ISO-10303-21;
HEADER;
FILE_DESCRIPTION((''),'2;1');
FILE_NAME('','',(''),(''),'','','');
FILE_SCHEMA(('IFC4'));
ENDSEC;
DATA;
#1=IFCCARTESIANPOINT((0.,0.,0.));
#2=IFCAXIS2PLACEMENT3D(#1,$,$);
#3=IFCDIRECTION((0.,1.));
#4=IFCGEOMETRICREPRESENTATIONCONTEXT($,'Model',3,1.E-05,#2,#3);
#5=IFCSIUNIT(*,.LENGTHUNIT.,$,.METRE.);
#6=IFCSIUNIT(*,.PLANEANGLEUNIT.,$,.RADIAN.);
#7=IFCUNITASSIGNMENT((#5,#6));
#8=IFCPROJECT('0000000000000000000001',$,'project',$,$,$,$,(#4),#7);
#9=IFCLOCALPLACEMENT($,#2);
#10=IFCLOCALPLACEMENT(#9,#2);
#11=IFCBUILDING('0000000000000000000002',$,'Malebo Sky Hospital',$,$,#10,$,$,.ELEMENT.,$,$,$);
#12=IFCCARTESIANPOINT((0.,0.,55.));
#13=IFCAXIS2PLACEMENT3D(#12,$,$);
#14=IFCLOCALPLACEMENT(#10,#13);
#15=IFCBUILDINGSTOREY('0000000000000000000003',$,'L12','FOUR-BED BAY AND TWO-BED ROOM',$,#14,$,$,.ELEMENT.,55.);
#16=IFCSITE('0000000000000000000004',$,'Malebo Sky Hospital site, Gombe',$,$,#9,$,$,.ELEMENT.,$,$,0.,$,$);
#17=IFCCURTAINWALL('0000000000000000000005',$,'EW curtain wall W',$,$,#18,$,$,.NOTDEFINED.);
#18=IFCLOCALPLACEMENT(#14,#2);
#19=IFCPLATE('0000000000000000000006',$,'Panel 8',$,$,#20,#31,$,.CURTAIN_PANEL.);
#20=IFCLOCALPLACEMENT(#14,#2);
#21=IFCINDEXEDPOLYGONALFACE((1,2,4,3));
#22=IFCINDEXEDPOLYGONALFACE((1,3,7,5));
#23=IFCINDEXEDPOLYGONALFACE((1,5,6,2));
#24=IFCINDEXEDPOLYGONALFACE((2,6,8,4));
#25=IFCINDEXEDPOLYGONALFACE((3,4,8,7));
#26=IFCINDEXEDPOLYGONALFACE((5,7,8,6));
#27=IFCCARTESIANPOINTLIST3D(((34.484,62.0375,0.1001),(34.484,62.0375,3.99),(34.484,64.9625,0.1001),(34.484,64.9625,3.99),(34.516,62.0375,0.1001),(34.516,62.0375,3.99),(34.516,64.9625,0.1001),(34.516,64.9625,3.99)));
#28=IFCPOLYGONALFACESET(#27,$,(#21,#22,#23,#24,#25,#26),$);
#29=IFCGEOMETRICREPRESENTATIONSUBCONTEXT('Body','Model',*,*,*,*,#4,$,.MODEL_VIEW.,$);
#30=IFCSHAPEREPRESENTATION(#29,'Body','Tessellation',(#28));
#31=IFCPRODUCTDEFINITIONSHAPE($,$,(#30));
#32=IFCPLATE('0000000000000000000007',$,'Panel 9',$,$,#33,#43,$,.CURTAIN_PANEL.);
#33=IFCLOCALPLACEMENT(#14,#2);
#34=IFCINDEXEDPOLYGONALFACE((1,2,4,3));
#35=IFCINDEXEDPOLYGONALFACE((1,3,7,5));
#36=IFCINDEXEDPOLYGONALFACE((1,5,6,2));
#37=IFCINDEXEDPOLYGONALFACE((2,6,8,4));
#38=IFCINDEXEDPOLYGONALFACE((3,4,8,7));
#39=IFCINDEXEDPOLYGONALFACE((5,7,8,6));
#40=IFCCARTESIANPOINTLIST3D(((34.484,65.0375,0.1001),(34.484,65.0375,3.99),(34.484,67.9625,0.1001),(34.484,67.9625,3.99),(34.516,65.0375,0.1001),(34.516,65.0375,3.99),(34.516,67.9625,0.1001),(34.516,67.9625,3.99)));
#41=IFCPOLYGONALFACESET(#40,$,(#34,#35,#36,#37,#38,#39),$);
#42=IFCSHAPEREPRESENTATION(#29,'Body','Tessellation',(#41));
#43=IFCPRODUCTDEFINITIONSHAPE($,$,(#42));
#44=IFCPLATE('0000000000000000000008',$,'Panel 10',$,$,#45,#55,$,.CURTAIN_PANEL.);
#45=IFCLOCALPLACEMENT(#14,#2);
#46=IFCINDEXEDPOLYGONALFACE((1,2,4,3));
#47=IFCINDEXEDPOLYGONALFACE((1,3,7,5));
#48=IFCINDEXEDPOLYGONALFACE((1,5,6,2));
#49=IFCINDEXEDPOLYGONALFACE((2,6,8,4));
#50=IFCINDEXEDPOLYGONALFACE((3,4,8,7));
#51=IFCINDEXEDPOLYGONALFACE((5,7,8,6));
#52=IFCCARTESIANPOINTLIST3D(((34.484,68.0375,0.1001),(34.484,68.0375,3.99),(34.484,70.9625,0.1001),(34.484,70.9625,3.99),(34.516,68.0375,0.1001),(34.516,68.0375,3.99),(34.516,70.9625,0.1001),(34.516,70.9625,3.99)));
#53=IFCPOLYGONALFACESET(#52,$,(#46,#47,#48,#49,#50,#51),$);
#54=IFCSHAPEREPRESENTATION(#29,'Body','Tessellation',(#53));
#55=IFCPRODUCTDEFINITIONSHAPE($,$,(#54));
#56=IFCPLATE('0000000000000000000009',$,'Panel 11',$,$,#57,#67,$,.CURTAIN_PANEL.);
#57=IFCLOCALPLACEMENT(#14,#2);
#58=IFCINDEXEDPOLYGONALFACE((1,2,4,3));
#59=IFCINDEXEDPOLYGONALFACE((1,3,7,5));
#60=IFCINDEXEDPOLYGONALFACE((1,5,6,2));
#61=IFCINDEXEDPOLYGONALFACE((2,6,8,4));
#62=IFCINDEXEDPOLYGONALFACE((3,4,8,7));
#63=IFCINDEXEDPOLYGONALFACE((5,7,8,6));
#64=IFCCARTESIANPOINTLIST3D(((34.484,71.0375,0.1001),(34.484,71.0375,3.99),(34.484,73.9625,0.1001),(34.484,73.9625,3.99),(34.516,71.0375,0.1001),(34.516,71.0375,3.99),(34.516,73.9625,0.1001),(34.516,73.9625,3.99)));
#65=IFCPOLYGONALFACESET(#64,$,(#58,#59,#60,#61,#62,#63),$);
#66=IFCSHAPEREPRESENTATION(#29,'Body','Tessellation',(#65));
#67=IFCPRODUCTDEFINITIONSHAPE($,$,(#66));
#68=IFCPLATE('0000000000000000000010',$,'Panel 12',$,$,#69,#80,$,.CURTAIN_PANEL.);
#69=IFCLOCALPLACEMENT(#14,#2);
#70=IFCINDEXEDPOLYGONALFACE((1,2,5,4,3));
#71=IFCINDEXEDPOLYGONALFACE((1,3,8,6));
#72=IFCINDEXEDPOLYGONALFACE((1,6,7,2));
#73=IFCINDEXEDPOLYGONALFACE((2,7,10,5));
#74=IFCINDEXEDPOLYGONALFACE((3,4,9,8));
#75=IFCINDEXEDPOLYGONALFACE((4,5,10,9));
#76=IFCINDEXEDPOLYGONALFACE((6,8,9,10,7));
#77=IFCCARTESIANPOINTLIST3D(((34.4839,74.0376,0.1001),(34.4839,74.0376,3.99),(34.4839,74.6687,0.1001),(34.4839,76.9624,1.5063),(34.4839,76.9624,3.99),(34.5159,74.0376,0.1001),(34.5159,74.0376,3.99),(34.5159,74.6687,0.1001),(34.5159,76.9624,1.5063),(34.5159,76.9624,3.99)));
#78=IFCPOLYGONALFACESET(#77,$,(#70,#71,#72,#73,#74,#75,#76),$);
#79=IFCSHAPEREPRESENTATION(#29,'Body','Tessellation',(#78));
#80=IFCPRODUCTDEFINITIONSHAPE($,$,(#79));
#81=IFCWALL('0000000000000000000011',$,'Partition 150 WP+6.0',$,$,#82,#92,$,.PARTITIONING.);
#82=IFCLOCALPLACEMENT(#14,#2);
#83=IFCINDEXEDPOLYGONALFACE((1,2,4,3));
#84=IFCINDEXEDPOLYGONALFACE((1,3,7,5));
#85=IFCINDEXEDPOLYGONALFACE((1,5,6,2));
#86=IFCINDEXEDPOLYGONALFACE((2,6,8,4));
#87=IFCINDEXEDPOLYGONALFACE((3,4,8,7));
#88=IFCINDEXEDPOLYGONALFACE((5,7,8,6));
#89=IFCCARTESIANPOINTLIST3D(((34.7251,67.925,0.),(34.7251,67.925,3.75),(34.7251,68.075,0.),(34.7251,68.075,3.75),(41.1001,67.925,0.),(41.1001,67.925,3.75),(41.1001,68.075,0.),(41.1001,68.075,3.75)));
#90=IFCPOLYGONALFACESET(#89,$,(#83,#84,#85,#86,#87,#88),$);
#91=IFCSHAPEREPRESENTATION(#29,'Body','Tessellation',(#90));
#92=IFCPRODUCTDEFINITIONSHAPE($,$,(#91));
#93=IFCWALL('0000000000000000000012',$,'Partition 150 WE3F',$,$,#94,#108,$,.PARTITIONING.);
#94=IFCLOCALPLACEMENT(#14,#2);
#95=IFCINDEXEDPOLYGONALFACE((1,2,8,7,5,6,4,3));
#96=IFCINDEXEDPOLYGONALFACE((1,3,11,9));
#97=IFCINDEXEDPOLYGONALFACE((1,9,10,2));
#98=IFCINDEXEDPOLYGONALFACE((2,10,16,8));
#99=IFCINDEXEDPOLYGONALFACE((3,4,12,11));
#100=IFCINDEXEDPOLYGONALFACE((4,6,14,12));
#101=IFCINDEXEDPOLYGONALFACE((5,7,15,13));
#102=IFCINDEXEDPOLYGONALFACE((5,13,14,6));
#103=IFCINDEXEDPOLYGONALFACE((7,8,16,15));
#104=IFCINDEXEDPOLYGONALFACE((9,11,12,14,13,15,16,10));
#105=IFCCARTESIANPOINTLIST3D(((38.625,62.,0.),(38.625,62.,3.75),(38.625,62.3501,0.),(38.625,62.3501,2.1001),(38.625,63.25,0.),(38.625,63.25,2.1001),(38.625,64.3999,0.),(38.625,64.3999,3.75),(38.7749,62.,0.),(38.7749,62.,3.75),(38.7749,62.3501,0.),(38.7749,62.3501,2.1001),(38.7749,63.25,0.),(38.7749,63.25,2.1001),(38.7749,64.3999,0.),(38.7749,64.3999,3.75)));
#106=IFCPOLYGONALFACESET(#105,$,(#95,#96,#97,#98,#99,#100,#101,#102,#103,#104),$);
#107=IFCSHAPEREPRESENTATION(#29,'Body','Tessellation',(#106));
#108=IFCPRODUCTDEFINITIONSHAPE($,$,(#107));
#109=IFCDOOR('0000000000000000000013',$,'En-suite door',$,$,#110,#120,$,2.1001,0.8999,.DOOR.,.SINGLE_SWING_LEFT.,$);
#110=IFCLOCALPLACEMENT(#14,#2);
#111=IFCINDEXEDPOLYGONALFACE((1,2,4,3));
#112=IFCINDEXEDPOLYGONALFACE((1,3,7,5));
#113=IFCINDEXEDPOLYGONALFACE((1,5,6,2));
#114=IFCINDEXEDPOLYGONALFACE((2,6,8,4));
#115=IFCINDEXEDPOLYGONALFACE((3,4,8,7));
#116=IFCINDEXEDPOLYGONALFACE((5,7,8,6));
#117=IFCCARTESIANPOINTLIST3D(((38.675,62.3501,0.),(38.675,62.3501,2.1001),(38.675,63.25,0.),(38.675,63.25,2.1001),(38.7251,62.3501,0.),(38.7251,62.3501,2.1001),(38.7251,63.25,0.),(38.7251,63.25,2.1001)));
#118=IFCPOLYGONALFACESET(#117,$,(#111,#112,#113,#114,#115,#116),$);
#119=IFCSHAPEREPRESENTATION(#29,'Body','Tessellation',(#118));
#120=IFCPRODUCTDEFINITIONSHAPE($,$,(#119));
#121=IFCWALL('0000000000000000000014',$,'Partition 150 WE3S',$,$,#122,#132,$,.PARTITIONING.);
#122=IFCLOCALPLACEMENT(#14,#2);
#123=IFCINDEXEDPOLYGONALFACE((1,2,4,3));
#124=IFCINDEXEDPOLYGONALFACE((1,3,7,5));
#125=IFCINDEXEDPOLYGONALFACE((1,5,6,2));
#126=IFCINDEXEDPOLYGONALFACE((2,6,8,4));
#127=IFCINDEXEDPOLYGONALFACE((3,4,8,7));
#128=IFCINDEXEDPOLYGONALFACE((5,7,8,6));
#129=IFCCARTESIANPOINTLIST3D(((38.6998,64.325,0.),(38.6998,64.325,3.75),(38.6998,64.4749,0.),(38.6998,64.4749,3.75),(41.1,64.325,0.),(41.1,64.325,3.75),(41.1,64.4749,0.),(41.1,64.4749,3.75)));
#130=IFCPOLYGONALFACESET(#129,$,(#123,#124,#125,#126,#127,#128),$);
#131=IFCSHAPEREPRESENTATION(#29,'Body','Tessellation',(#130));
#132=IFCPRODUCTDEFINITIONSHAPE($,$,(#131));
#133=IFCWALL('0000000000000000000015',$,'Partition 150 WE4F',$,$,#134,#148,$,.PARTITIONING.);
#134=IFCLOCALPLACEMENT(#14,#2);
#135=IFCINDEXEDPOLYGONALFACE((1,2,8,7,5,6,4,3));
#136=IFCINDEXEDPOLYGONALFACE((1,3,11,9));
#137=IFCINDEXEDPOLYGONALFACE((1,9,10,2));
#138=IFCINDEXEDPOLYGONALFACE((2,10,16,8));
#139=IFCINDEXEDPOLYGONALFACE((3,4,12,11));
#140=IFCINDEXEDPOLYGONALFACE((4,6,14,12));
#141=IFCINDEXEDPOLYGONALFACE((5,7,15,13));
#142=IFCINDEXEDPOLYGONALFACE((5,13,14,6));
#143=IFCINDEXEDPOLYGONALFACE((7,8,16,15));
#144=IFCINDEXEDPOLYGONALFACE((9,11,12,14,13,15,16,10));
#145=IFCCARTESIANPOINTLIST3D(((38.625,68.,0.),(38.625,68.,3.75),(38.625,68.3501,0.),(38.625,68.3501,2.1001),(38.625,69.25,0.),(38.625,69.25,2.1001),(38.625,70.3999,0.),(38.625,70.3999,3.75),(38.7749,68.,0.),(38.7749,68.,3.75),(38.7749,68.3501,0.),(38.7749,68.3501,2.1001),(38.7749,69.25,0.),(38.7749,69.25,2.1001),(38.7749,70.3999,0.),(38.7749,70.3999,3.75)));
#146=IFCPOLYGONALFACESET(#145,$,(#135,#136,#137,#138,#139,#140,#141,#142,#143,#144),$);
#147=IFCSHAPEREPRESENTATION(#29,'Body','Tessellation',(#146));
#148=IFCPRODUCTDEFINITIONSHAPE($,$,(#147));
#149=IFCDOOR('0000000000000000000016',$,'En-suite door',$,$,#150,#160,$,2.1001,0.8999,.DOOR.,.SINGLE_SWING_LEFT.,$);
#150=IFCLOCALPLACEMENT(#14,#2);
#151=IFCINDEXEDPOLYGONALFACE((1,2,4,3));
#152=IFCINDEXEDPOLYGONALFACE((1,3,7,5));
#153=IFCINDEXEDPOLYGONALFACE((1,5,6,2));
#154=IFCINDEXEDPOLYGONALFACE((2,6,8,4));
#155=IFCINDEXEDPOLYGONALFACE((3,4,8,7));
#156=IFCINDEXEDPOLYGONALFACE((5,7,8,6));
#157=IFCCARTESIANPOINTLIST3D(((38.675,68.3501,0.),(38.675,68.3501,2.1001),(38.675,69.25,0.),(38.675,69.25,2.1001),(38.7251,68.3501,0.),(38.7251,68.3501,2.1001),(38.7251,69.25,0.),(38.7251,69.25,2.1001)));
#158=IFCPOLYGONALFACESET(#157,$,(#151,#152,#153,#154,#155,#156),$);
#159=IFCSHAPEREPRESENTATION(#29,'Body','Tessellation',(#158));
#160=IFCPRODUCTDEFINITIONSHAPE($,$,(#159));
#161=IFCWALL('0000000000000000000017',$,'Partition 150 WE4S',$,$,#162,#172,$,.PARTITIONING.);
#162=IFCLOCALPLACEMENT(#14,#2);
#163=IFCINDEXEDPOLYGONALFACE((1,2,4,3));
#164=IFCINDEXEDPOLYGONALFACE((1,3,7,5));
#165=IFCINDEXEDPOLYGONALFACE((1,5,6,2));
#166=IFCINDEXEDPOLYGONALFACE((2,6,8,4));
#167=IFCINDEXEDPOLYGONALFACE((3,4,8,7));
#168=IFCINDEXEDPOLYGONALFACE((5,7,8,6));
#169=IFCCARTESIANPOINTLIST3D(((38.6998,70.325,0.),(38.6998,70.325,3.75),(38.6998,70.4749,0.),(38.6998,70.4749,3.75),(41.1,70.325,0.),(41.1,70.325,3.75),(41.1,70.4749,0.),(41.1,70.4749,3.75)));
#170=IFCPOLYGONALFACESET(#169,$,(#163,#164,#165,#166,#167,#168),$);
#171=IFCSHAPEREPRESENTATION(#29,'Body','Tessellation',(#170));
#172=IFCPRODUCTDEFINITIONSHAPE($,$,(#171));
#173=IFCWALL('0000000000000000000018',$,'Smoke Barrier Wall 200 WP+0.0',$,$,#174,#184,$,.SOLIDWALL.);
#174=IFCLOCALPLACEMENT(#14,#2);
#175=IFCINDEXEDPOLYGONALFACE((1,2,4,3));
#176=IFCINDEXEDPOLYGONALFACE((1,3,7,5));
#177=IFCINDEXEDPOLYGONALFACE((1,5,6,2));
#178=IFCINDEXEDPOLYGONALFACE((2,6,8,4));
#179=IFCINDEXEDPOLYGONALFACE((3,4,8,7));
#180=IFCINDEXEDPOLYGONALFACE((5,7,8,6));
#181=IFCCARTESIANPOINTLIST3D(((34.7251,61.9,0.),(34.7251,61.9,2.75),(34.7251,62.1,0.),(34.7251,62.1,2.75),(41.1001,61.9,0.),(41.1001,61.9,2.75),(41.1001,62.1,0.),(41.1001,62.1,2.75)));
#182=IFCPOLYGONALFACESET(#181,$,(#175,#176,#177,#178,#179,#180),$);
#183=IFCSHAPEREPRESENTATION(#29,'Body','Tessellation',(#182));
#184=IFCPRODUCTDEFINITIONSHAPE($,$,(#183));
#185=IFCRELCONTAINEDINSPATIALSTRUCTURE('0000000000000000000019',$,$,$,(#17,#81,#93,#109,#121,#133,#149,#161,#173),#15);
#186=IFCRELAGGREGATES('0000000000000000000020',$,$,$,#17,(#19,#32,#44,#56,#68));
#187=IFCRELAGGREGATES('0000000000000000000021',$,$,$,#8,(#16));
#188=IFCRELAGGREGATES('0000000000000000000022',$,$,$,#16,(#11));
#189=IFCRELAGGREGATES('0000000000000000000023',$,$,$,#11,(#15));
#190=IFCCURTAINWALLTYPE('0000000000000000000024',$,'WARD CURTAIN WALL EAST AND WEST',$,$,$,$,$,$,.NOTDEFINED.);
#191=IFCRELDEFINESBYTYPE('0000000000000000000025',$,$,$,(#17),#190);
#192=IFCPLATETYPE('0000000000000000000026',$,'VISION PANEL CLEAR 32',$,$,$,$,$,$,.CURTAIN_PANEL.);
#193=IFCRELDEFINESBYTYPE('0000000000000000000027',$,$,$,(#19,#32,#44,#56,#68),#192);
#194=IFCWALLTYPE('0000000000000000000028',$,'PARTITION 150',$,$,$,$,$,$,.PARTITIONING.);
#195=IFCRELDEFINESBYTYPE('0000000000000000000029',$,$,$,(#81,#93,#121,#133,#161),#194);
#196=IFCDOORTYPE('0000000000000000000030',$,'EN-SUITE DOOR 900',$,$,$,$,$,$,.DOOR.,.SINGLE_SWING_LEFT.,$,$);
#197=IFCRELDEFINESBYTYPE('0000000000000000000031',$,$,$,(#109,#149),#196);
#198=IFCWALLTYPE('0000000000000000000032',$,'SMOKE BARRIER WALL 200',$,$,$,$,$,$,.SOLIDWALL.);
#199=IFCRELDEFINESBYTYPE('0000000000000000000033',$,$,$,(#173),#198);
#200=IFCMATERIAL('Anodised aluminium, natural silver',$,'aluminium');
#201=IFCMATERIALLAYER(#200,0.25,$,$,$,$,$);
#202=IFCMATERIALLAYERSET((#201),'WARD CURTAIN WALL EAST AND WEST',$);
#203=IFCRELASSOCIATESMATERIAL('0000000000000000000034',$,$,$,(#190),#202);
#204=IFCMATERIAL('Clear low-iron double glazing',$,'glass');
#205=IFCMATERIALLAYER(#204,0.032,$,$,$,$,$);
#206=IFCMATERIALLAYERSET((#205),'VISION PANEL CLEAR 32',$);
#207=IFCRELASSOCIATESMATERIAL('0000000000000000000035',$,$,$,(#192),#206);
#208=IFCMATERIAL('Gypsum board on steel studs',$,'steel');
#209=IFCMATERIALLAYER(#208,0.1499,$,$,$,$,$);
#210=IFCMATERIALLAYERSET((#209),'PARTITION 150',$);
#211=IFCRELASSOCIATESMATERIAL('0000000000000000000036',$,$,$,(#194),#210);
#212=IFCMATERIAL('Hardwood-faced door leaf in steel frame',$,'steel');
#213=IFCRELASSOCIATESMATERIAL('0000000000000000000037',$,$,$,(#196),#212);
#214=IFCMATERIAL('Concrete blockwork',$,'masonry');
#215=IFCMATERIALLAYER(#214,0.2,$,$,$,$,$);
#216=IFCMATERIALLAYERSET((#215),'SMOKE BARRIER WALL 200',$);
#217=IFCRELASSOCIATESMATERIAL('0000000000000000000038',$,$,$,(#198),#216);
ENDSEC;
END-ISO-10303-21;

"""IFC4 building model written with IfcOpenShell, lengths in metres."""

from ifc_helpers import new_model, si_unit, direction, frame, frame_2d, origin, origin_2d, place, context, subcontext, project, spatial, polyline, rectangle, outline, extrude, material, layer, layer_set, type_object, element, fill, aggregate, save


model = new_model("IFC4")

# Units and contexts
model_context = context("Model", 3, precision=1e-05, world=origin(), true_north=direction((0.0, 1.0)))
body_context = subcontext(model_context, "Body", "Model", "MODEL_VIEW")
ifc_project = project(units=[si_unit("LENGTHUNIT", "METRE"), si_unit("PLANEANGLEUNIT", "RADIAN")], contexts=[model_context])

# Site, building, storey
site_placement = place(None, origin())
site = spatial("IfcSite", under=ifc_project, at=site_placement, Name="Malebo Sky Hospital site, Gombe", CompositionType="ELEMENT", RefElevation=0.0)
building_placement = place(site_placement, origin())
building = spatial("IfcBuilding", under=site, at=building_placement, Name="Malebo Sky Hospital", CompositionType="ELEMENT")
storey_placement = place(building_placement, frame((0.0, 0.0, 55.0)))
storey = spatial("IfcBuildingStorey", under=building, at=storey_placement, Name="L12", Description="FOUR-BED BAY AND TWO-BED ROOM", CompositionType="ELEMENT", Elevation=55.0)

# Curtain wall
ifc_material_1 = material(Name="Anodised aluminium, natural silver", Category="aluminium")
ifc_layer_1 = layer(ifc_material_1, 0.25)
ifc_layer_set_1 = layer_set([ifc_layer_1], Name="WARD CURTAIN WALL EAST AND WEST")
curtain_wall_type = type_object("IfcCurtainWallType", Name="WARD CURTAIN WALL EAST AND WEST", PredefinedType="NOTDEFINED", material=ifc_layer_set_1)
curtain_wall_placement = place(storey_placement, origin())
curtain_wall = element("IfcCurtainWall", 1, at=curtain_wall_placement, inside=storey, type_object=curtain_wall_type, Name="EW curtain wall W", PredefinedType="NOTDEFINED")

# Plates
ifc_material_2 = material(Name="Clear low-iron double glazing", Category="glass")
ifc_layer_2 = layer(ifc_material_2, 0.032)
ifc_layer_set_2 = layer_set([ifc_layer_2], Name="VISION PANEL CLEAR 32")
plate_type = type_object("IfcPlateType", Name="VISION PANEL CLEAR 32", PredefinedType="CURTAIN_PANEL", material=ifc_layer_set_2)
plate_1_placement = place(storey_placement, frame((34.5, 63.5, 0.1001), z_axis=(0.0, 0.0, 1.0), x_axis=(0.0, 1.0, 0.0)))
plate_1 = element("IfcPlate", 2, at=plate_1_placement, type_object=plate_type, Name="Panel 8", PredefinedType="CURTAIN_PANEL", context=body_context, shape_type="SweptSolid", body=[
    extrude(rectangle(XDim=2.925, YDim=0.032, at=origin_2d()), origin(), (0.0, 0.0, 1.0), 3.8899),
])
plate_2_placement = place(storey_placement, frame((34.5, 66.5, 0.1001), z_axis=(0.0, 0.0, 1.0), x_axis=(0.0, 1.0, 0.0)))
plate_2 = element("IfcPlate", 3, at=plate_2_placement, type_object=plate_type, Name="Panel 9", PredefinedType="CURTAIN_PANEL", context=body_context, shape_type="SweptSolid", body=[
    extrude(rectangle(XDim=2.925, YDim=0.032, at=origin_2d()), origin(), (0.0, 0.0, 1.0), 3.8899),
])
plate_3_placement = place(storey_placement, frame((34.5, 69.5, 0.1001), z_axis=(0.0, 0.0, 1.0), x_axis=(0.0, 1.0, 0.0)))
plate_3 = element("IfcPlate", 4, at=plate_3_placement, type_object=plate_type, Name="Panel 10", PredefinedType="CURTAIN_PANEL", context=body_context, shape_type="SweptSolid", body=[
    extrude(rectangle(XDim=2.925, YDim=0.032, at=origin_2d()), origin(), (0.0, 0.0, 1.0), 3.8899),
])
plate_4_placement = place(storey_placement, frame((34.5, 72.5, 0.1001), z_axis=(0.0, 0.0, 1.0), x_axis=(0.0, 1.0, 0.0)))
plate_4 = element("IfcPlate", 5, at=plate_4_placement, type_object=plate_type, Name="Panel 11", PredefinedType="CURTAIN_PANEL", context=body_context, shape_type="SweptSolid", body=[
    extrude(rectangle(XDim=2.925, YDim=0.032, at=origin_2d()), origin(), (0.0, 0.0, 1.0), 3.8899),
])
plate_5_placement = place(storey_placement, frame((34.5, 75.5, 0.1001), z_axis=(0.0, 0.0, 1.0), x_axis=(0.0, 1.0, 0.0)))
plate_5 = element("IfcPlate", 6, at=plate_5_placement, type_object=plate_type, Name="Panel 12", PredefinedType="CURTAIN_PANEL", context=body_context, shape_type="SweptSolid", body=[
    extrude(outline(polyline([(-1.4624, 0.0), (-0.8313, 0.0), (1.4624, 1.4062), (1.4624, 3.8899), (-1.4624, 3.8899), (-1.4624, 0.0)])), frame((0.0, 0.0161, 0.0), z_axis=(0.0, -1.0, 0.0), x_axis=(1.0, 0.0, 0.0)), (0.0, 0.0, 1.0), 0.032),
])
aggregate(curtain_wall, [plate_1, plate_2, plate_3, plate_4, plate_5])

# Wall
ifc_material_3 = material(Name="Gypsum board on steel studs", Category="steel")
ifc_layer_3 = layer(ifc_material_3, 0.1499)
ifc_layer_set_3 = layer_set([ifc_layer_3], Name="PARTITION 150")
wall_type_1 = type_object("IfcWallType", Name="PARTITION 150", PredefinedType="PARTITIONING", material=ifc_layer_set_3)
wall_1_placement = place(storey_placement, frame((41.1001, 68.0, 0.0), z_axis=(0.0, 0.0, 1.0), x_axis=(-1.0, 0.0, 0.0)))
element("IfcWall", 7, at=wall_1_placement, inside=storey, type_object=wall_type_1, Name="Partition 150 WP+6.0", PredefinedType="PARTITIONING", context=body_context, shape_type="SweptSolid", body=[
    extrude(rectangle(XDim=6.375, YDim=0.1499, at=frame_2d((3.1875, 0.0))), origin(), (0.0, 0.0, 1.0), 3.75),
])

# Wall, opening, door
wall_2_placement = place(storey_placement, frame((38.7, 62.0, 0.0), z_axis=(0.0, 0.0, 1.0), x_axis=(0.0, 1.0, 0.0)))
wall_2 = element("IfcWall", 8, at=wall_2_placement, inside=storey, type_object=wall_type_1, Name="Partition 150 WE3F", PredefinedType="PARTITIONING", context=body_context, shape_type="SweptSolid", body=[
    extrude(rectangle(XDim=2.3999, YDim=0.1499, at=frame_2d((1.2, 0.0))), origin(), (0.0, 0.0, 1.0), 3.75),
])
opening_1_placement = place(wall_2_placement, frame((0.3501, 0.0, 0.0)))
opening_1 = element("IfcOpeningElement", 9, at=opening_1_placement, cuts=wall_2, PredefinedType="OPENING", context=body_context, shape_type="SweptSolid", body=[
    extrude(rectangle(XDim=0.8999, YDim=2.1001, at=frame_2d((0.45, 1.05))), frame((0.0, 0.085, 0.0), z_axis=(0.0, -1.0, 0.0), x_axis=(1.0, 0.0, 0.0)), (0.0, 0.0, 1.0), 0.1699),
])
ifc_material_4 = material(Name="Hardwood-faced door leaf in steel frame", Category="steel")
door_type = type_object("IfcDoorType", Name="EN-SUITE DOOR 900", OperationType="SINGLE_SWING_LEFT", PredefinedType="DOOR", material=ifc_material_4)
door_1_placement = place(opening_1_placement, origin())
door_1 = element("IfcDoor", 10, at=door_1_placement, inside=storey, type_object=door_type, Name="En-suite door", OperationType="SINGLE_SWING_LEFT", OverallHeight=2.1001, OverallWidth=0.8999, PredefinedType="DOOR", context=body_context, shape_type="SweptSolid", body=[
    extrude(rectangle(XDim=0.8999, YDim=2.1001, at=frame_2d((0.45, 1.05))), frame((0.0, 0.0249, 0.0), z_axis=(0.0, -1.0, 0.0), x_axis=(1.0, 0.0, 0.0)), (0.0, 0.0, 1.0), 0.05),
])
fill(opening_1, door_1)

# Wall
wall_3_placement = place(storey_placement, frame((41.1001, 64.3999, 0.0), z_axis=(0.0, 0.0, 1.0), x_axis=(-1.0, 0.0, 0.0)))
element("IfcWall", 11, at=wall_3_placement, inside=storey, type_object=wall_type_1, Name="Partition 150 WE3S", PredefinedType="PARTITIONING", context=body_context, shape_type="SweptSolid", body=[
    extrude(rectangle(XDim=2.4001, YDim=0.1499, at=frame_2d((1.2002, 0.0))), origin(), (0.0, 0.0, 1.0), 3.75),
])

# Wall, opening, door
wall_4_placement = place(storey_placement, frame((38.7, 68.0, 0.0), z_axis=(0.0, 0.0, 1.0), x_axis=(0.0, 1.0, 0.0)))
wall_4 = element("IfcWall", 12, at=wall_4_placement, inside=storey, type_object=wall_type_1, Name="Partition 150 WE4F", PredefinedType="PARTITIONING", context=body_context, shape_type="SweptSolid", body=[
    extrude(rectangle(XDim=2.3999, YDim=0.1499, at=frame_2d((1.2, 0.0))), origin(), (0.0, 0.0, 1.0), 3.75),
])
opening_2_placement = place(wall_4_placement, frame((0.3501, 0.0, 0.0)))
opening_2 = element("IfcOpeningElement", 13, at=opening_2_placement, cuts=wall_4, PredefinedType="OPENING", context=body_context, shape_type="SweptSolid", body=[
    extrude(rectangle(XDim=0.8999, YDim=2.1001, at=frame_2d((0.45, 1.05))), frame((0.0, 0.085, 0.0), z_axis=(0.0, -1.0, 0.0), x_axis=(1.0, 0.0, 0.0)), (0.0, 0.0, 1.0), 0.1699),
])
door_2_placement = place(opening_2_placement, origin())
door_2 = element("IfcDoor", 14, at=door_2_placement, inside=storey, type_object=door_type, Name="En-suite door", OperationType="SINGLE_SWING_LEFT", OverallHeight=2.1001, OverallWidth=0.8999, PredefinedType="DOOR", context=body_context, shape_type="SweptSolid", body=[
    extrude(rectangle(XDim=0.8999, YDim=2.1001, at=frame_2d((0.45, 1.05))), frame((0.0, 0.0249, 0.0), z_axis=(0.0, -1.0, 0.0), x_axis=(1.0, 0.0, 0.0)), (0.0, 0.0, 1.0), 0.05),
])
fill(opening_2, door_2)

# Walls
wall_5_placement = place(storey_placement, frame((41.1001, 70.3999, 0.0), z_axis=(0.0, 0.0, 1.0), x_axis=(-1.0, 0.0, 0.0)))
element("IfcWall", 15, at=wall_5_placement, inside=storey, type_object=wall_type_1, Name="Partition 150 WE4S", PredefinedType="PARTITIONING", context=body_context, shape_type="SweptSolid", body=[
    extrude(rectangle(XDim=2.4001, YDim=0.1499, at=frame_2d((1.2002, 0.0))), origin(), (0.0, 0.0, 1.0), 3.75),
])
ifc_material_5 = material(Name="Concrete blockwork", Category="masonry")
ifc_layer_4 = layer(ifc_material_5, 0.2)
ifc_layer_set_4 = layer_set([ifc_layer_4], Name="SMOKE BARRIER WALL 200")
wall_type_2 = type_object("IfcWallType", Name="SMOKE BARRIER WALL 200", PredefinedType="SOLIDWALL", material=ifc_layer_set_4)
wall_6_placement = place(storey_placement, frame((41.1001, 62.0, 0.0), z_axis=(0.0, 0.0, 1.0), x_axis=(-1.0, 0.0, 0.0)))
element("IfcWall", 16, at=wall_6_placement, inside=storey, type_object=wall_type_2, Name="Smoke Barrier Wall 200 WP+0.0", PredefinedType="SOLIDWALL", context=body_context, shape_type="SweptSolid", body=[
    extrude(rectangle(XDim=6.375, YDim=0.2, at=frame_2d((3.1875, 0.0))), origin(), (0.0, 0.0, 1.0), 2.75),
])

save(model, "model.ifc")
